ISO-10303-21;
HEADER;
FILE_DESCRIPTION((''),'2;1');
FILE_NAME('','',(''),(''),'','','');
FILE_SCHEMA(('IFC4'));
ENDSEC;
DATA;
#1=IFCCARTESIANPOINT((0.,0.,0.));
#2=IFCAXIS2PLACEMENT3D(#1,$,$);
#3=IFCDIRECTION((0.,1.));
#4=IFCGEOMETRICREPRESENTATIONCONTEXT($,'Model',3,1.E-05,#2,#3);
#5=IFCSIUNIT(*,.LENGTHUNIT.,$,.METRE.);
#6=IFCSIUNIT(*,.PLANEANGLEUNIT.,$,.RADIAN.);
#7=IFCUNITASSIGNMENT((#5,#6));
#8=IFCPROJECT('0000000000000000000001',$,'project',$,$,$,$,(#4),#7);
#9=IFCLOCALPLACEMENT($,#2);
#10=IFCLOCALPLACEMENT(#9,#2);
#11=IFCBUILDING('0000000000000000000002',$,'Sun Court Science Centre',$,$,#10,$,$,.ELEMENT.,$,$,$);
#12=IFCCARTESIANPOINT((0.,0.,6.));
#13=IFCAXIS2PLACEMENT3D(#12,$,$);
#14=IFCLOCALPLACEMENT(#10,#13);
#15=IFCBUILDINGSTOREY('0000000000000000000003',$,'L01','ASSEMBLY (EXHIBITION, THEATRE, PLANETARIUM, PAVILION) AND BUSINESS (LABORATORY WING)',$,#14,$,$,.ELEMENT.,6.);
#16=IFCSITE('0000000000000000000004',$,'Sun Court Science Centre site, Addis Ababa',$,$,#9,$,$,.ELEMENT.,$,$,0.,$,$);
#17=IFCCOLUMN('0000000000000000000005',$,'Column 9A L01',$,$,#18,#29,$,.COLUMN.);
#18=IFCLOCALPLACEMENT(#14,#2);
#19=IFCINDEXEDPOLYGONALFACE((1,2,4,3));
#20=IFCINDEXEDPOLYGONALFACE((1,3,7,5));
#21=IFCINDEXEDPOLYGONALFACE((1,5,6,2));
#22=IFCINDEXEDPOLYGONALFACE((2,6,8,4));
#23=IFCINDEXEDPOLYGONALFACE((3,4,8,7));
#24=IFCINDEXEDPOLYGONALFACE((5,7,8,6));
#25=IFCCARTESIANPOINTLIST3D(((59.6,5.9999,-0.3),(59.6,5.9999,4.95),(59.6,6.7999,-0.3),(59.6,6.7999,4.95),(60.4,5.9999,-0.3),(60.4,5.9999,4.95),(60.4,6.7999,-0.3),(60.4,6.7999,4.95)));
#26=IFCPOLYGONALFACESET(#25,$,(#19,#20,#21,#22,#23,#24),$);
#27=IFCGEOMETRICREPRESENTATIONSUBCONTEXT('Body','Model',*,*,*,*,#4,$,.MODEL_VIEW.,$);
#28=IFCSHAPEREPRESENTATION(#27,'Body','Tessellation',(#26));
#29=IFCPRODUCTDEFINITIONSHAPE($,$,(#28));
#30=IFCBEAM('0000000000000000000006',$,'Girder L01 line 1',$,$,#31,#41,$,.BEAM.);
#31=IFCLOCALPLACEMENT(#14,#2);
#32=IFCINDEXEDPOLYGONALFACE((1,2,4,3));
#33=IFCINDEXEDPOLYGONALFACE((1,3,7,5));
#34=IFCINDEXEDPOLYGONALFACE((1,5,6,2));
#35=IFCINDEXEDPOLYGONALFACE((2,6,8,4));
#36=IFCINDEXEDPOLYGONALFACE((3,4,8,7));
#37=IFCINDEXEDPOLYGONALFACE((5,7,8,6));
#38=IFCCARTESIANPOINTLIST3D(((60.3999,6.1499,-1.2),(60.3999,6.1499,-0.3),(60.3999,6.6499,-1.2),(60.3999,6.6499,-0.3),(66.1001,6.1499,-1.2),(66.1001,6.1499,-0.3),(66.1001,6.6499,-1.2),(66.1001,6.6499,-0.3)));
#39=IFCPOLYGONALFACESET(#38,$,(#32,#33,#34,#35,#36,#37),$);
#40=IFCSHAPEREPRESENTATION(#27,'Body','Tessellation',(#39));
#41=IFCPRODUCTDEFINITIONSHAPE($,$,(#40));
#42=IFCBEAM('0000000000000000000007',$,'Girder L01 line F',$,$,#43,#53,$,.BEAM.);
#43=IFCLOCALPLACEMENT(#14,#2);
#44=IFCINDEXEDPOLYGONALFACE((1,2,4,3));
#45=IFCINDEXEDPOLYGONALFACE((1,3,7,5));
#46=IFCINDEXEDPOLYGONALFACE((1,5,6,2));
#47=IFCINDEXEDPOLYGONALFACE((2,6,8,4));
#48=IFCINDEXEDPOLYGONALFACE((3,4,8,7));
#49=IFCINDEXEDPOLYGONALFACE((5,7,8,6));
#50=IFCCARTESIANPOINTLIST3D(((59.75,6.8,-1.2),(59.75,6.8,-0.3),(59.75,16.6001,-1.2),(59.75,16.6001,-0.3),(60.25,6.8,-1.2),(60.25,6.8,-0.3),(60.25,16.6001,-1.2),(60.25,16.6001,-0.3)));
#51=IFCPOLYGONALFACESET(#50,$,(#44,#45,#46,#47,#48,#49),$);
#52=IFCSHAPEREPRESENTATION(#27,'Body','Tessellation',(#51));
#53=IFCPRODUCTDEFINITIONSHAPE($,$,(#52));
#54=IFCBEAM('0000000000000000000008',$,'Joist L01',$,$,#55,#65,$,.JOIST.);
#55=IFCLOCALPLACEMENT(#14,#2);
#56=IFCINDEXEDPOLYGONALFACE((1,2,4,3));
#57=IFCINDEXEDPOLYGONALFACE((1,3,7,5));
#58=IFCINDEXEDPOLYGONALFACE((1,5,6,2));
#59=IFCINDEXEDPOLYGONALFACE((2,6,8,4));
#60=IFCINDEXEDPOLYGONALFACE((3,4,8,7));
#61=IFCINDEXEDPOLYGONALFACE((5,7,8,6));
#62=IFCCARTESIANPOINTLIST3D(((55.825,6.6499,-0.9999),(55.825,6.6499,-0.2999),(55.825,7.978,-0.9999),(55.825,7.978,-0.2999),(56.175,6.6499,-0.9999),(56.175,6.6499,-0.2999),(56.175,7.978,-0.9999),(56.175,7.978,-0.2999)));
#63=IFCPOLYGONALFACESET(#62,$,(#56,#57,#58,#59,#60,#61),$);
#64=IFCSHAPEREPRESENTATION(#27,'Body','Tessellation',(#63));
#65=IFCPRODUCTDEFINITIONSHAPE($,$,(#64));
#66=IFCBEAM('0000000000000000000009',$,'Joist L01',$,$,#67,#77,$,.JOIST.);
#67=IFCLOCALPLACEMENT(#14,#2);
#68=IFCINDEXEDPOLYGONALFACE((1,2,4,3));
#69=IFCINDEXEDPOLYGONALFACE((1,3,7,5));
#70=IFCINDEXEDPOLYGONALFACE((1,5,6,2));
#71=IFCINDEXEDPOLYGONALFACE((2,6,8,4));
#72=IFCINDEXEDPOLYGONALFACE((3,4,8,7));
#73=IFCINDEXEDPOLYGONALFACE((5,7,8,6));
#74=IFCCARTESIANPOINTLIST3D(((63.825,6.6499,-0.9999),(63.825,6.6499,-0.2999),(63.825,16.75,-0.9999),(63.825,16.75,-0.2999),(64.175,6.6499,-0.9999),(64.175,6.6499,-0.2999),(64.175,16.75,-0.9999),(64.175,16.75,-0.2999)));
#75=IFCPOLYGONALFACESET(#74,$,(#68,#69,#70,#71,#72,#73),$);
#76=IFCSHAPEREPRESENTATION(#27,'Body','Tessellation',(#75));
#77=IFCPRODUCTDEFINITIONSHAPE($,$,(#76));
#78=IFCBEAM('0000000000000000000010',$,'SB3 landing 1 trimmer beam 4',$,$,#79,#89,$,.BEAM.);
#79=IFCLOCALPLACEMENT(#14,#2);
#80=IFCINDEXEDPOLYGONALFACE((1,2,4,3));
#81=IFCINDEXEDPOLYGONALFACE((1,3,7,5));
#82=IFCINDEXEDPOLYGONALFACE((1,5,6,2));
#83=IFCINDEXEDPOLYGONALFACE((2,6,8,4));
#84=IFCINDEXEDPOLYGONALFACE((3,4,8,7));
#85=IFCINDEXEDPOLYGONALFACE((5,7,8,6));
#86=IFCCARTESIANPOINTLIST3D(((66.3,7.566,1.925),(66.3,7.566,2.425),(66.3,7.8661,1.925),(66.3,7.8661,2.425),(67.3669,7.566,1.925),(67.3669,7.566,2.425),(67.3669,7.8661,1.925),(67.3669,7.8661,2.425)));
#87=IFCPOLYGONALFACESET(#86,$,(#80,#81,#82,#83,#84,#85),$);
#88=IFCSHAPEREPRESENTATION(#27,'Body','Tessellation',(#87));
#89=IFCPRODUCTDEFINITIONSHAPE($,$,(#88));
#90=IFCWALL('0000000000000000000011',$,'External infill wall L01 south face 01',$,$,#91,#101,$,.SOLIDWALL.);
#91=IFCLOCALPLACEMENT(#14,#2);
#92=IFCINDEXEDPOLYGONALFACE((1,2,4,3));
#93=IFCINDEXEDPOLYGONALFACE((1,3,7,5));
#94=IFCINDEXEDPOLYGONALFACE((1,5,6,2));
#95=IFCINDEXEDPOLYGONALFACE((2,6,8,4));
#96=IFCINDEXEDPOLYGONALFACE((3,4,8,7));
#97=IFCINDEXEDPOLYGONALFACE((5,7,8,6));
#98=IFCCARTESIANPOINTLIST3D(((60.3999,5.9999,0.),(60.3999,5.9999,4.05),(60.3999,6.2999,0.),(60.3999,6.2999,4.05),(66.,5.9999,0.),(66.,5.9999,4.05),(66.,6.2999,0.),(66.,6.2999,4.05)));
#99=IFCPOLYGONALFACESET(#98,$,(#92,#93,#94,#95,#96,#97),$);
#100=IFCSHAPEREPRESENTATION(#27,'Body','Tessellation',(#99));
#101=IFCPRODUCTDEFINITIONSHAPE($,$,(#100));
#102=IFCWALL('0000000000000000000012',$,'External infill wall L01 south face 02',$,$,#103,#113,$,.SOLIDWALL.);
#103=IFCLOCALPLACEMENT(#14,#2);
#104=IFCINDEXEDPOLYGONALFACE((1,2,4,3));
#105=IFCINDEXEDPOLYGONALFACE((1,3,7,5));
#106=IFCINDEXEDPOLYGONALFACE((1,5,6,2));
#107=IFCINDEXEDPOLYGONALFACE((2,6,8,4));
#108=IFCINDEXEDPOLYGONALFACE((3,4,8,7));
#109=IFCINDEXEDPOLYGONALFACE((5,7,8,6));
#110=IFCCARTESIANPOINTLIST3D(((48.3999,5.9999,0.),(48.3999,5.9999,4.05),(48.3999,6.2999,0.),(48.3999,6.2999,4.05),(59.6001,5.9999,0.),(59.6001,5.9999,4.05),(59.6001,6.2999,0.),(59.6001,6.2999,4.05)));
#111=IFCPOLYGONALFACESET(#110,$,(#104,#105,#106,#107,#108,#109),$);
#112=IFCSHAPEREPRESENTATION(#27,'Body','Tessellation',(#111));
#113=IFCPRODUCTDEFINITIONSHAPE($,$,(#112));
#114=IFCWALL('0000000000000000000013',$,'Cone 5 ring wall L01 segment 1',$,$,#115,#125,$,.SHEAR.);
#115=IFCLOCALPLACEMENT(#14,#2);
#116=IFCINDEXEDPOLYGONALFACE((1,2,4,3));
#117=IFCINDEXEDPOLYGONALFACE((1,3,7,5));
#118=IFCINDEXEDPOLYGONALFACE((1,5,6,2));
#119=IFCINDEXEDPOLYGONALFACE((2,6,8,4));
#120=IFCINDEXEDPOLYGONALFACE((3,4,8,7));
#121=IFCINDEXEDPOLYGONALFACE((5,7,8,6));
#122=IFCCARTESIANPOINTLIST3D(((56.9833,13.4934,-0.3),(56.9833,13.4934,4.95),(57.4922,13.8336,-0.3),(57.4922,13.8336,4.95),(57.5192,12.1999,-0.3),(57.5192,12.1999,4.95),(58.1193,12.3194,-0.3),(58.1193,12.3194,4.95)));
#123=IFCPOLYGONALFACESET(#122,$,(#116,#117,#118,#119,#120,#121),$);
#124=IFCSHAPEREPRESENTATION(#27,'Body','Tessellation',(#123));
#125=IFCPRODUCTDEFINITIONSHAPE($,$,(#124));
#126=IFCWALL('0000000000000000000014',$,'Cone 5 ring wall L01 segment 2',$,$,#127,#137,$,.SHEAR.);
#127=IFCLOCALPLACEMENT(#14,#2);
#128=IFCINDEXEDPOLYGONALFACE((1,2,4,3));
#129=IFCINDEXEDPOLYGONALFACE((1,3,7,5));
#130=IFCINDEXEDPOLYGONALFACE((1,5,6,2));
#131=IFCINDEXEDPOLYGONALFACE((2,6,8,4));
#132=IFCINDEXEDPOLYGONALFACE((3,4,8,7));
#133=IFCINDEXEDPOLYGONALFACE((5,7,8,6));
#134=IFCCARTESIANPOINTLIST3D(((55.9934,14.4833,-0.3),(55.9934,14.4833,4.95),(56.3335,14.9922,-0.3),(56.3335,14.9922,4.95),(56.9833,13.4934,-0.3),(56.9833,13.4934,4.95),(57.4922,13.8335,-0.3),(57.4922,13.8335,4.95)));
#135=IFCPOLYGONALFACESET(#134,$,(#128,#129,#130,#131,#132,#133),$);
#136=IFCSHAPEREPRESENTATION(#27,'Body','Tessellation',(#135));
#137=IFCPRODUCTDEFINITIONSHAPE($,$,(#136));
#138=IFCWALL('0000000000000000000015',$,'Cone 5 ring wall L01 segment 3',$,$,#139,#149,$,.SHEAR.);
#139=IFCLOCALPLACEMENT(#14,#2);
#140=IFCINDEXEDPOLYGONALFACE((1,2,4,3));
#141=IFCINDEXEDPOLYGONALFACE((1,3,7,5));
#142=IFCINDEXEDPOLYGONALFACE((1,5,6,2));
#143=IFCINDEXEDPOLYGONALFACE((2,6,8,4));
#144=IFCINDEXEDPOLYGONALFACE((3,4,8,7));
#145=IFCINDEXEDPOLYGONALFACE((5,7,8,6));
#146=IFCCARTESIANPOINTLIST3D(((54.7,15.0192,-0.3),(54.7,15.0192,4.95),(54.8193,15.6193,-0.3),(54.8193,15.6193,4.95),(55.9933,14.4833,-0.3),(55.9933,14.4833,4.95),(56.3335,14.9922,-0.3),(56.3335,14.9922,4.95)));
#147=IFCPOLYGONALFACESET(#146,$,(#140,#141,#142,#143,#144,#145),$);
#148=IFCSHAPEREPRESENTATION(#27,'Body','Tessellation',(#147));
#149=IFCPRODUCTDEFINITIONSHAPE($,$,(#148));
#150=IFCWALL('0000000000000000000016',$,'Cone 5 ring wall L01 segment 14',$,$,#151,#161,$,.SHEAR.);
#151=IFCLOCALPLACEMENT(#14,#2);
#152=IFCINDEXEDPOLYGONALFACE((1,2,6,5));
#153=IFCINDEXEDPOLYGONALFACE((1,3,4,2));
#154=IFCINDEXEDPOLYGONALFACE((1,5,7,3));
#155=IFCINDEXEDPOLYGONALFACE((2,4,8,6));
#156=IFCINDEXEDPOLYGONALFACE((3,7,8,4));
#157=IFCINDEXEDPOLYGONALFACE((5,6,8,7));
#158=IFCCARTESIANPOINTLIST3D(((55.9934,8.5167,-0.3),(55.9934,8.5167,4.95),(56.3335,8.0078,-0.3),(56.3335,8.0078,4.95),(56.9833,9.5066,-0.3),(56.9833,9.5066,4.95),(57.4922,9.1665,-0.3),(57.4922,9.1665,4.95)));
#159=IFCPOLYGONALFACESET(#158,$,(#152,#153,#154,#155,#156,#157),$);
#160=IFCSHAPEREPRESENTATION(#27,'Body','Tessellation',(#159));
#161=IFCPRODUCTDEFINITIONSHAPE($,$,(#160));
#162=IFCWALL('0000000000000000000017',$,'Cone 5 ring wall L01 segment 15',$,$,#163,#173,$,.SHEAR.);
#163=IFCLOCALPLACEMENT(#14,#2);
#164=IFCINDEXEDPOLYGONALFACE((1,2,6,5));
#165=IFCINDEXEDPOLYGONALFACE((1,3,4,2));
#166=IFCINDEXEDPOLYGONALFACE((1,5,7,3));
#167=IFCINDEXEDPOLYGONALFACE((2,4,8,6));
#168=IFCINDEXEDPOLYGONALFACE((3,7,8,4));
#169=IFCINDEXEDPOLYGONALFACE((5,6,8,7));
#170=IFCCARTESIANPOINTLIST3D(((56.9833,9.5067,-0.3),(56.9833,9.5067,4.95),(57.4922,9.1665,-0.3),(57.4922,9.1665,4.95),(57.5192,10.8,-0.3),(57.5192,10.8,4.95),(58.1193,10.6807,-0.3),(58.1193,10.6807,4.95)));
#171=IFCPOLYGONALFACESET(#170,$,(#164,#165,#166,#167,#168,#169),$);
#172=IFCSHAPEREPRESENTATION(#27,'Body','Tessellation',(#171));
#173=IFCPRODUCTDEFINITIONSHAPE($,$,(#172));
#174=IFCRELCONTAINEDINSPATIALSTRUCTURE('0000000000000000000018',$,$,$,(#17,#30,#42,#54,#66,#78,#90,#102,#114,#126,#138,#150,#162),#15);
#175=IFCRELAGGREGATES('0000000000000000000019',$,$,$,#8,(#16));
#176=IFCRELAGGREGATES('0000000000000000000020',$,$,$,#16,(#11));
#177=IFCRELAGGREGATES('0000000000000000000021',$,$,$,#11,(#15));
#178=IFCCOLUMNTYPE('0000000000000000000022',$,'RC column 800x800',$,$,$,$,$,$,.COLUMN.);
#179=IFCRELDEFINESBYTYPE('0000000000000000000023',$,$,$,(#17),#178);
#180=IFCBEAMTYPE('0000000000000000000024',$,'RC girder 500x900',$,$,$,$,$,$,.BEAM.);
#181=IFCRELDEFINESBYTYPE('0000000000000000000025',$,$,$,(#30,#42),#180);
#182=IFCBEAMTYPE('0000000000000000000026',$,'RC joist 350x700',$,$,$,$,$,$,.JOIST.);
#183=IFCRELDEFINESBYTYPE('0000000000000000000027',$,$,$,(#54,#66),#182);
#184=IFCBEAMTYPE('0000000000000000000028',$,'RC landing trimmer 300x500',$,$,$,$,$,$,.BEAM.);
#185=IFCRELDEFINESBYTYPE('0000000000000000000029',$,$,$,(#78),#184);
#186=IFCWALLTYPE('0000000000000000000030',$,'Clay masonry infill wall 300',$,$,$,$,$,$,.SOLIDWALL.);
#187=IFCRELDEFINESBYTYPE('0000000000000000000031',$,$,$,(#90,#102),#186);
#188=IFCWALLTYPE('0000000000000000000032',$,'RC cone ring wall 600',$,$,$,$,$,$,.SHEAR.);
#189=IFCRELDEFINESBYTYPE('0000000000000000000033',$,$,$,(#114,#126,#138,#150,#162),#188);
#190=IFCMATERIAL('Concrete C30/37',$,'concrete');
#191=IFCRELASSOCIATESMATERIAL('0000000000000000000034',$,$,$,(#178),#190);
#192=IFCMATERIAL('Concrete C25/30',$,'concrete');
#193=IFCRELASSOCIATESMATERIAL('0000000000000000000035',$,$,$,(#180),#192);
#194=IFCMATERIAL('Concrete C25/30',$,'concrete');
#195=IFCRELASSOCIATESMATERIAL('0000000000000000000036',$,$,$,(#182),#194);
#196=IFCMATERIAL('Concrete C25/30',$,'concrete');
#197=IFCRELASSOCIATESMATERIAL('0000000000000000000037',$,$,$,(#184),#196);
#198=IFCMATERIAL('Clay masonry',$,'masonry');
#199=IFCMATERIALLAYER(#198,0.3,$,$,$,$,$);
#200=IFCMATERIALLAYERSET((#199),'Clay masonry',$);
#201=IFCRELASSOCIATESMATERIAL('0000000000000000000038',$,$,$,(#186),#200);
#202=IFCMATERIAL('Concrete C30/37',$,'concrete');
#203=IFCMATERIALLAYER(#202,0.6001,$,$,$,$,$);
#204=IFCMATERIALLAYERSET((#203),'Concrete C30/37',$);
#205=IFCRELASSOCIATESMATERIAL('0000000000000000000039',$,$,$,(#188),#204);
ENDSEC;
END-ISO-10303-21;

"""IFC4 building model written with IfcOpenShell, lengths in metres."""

from ifc_helpers import new_model, si_unit, direction, frame, frame_2d, origin, origin_2d, place, context, subcontext, project, spatial, polyline, rectangle, outline, extrude, material, layer, layer_set, material_profile, profile_set, type_object, element, save


model = new_model("IFC4")

# Units and contexts
model_context = context("Model", 3, precision=1e-05, world=origin(), true_north=direction((0.0, 1.0)))
body_context = subcontext(model_context, "Body", "Model", "MODEL_VIEW")
ifc_project = project(units=[si_unit("LENGTHUNIT", "METRE"), si_unit("PLANEANGLEUNIT", "RADIAN")], contexts=[model_context])

# Site, building, storey
site_placement = place(None, origin())
site = spatial("IfcSite", under=ifc_project, at=site_placement, Name="Sun Court Science Centre site, Addis Ababa", CompositionType="ELEMENT", RefElevation=0.0)
building_placement = place(site_placement, origin())
building = spatial("IfcBuilding", under=site, at=building_placement, Name="Sun Court Science Centre", CompositionType="ELEMENT")
storey_placement = place(building_placement, frame((0.0, 0.0, 6.0)))
storey = spatial("IfcBuildingStorey", under=building, at=storey_placement, Name="L01", Description="ASSEMBLY (EXHIBITION, THEATRE, PLANETARIUM, PAVILION) AND BUSINESS (LABORATORY WING)", CompositionType="ELEMENT", Elevation=6.0)

# Column
ifc_material_1 = material(Name="Concrete C30/37", Category="concrete")
ifc_material_profile_1 = material_profile(ifc_material_1, rectangle(XDim=0.8, YDim=0.8, at=origin_2d()), Name="RC 800x800")
ifc_profile_set_1 = profile_set([ifc_material_profile_1], Name="Concrete C30/37")
column_type = type_object("IfcColumnType", Name="RC column 800x800", PredefinedType="COLUMN", material=ifc_profile_set_1)
column_placement = place(storey_placement, frame((60.0, 6.3999, -0.3), z_axis=(0.0, 0.0, 1.0), x_axis=(1.0, 0.0, 0.0)))
element("IfcColumn", 1, at=column_placement, inside=storey, type_object=column_type, Name="Column 9A L01", PredefinedType="COLUMN", context=body_context, shape_type="SweptSolid", body=[
    extrude(rectangle(XDim=0.8, YDim=0.8, at=origin_2d()), origin(), (0.0, 0.0, 1.0), 5.25),
])

# Beams
ifc_material_2 = material(Name="Concrete C25/30", Category="concrete")
ifc_material_profile_2 = material_profile(ifc_material_2, rectangle(XDim=0.5, YDim=0.8999, at=origin_2d()), Name="RC 500x900")
ifc_profile_set_2 = profile_set([ifc_material_profile_2], Name="Concrete C25/30")
beam_type_1 = type_object("IfcBeamType", Name="RC girder 500x900", PredefinedType="BEAM", material=ifc_profile_set_2)
beam_1_placement = place(storey_placement, frame((60.3999, 6.3999, -0.75), z_axis=(1.0, 0.0, 0.0), x_axis=(0.0, 1.0, 0.0)))
element("IfcBeam", 2, at=beam_1_placement, inside=storey, type_object=beam_type_1, Name="Girder L01 line 1", PredefinedType="BEAM", context=body_context, shape_type="SweptSolid", body=[
    extrude(rectangle(XDim=0.5, YDim=0.8999, at=origin_2d()), origin(), (0.0, 0.0, 1.0), 5.7002),
])
beam_2_placement = place(storey_placement, frame((60.0, 6.8, -0.75), z_axis=(0.0, 1.0, 0.0), x_axis=(-1.0, 0.0, 0.0)))
element("IfcBeam", 3, at=beam_2_placement, inside=storey, type_object=beam_type_1, Name="Girder L01 line F", PredefinedType="BEAM", context=body_context, shape_type="SweptSolid", body=[
    extrude(rectangle(XDim=0.5, YDim=0.8999, at=origin_2d()), origin(), (0.0, 0.0, 1.0), 9.8),
])
ifc_material_3 = material(Name="Concrete C25/30", Category="concrete")
ifc_material_profile_3 = material_profile(ifc_material_3, rectangle(XDim=0.3501, YDim=0.7, at=origin_2d()), Name="RC 350x700")
ifc_profile_set_3 = profile_set([ifc_material_profile_3], Name="Concrete C25/30")
beam_type_2 = type_object("IfcBeamType", Name="RC joist 350x700", PredefinedType="JOIST", material=ifc_profile_set_3)
beam_3_placement = place(storey_placement, frame((56.0, 6.6499, -0.6499), z_axis=(0.0, 1.0, 0.0), x_axis=(-1.0, 0.0, 0.0)))
element("IfcBeam", 4, at=beam_3_placement, inside=storey, type_object=beam_type_2, Name="Joist L01", PredefinedType="JOIST", context=body_context, shape_type="SweptSolid", body=[
    extrude(rectangle(XDim=0.3501, YDim=0.7, at=origin_2d()), origin(), (0.0, 0.0, 1.0), 1.3281),
])
beam_4_placement = place(storey_placement, frame((64.0, 6.6499, -0.6499), z_axis=(0.0, 1.0, 0.0), x_axis=(-1.0, 0.0, 0.0)))
element("IfcBeam", 5, at=beam_4_placement, inside=storey, type_object=beam_type_2, Name="Joist L01", PredefinedType="JOIST", context=body_context, shape_type="SweptSolid", body=[
    extrude(rectangle(XDim=0.3501, YDim=0.7, at=origin_2d()), origin(), (0.0, 0.0, 1.0), 10.1001),
])
ifc_material_4 = material(Name="Concrete C25/30", Category="concrete")
ifc_material_profile_4 = material_profile(ifc_material_4, rectangle(XDim=0.3, YDim=0.5, at=origin_2d()), Name="RC 300x500")
ifc_profile_set_4 = profile_set([ifc_material_profile_4], Name="Concrete C25/30")
beam_type_3 = type_object("IfcBeamType", Name="RC landing trimmer 300x500", PredefinedType="BEAM", material=ifc_profile_set_4)
beam_5_placement = place(storey_placement, frame((66.3, 7.7161, 2.175), z_axis=(1.0, 0.0, 0.0), x_axis=(0.0, 1.0, 0.0)))
element("IfcBeam", 6, at=beam_5_placement, inside=storey, type_object=beam_type_3, Name="SB3 landing 1 trimmer beam 4", PredefinedType="BEAM", context=body_context, shape_type="SweptSolid", body=[
    extrude(rectangle(XDim=0.3, YDim=0.5, at=origin_2d()), origin(), (0.0, 0.0, 1.0), 1.0669),
])

# Walls
ifc_material_5 = material(Name="Clay masonry", Category="masonry")
ifc_layer_1 = layer(ifc_material_5, 0.3)
ifc_layer_set_1 = layer_set([ifc_layer_1], Name="Clay masonry")
wall_type_1 = type_object("IfcWallType", Name="Clay masonry infill wall 300", PredefinedType="SOLIDWALL", material=ifc_layer_set_1)
wall_1_placement = place(storey_placement, frame((66.0, 6.1499, 0.0), z_axis=(0.0, 0.0, 1.0), x_axis=(-1.0, 0.0, 0.0)))
element("IfcWall", 7, at=wall_1_placement, inside=storey, type_object=wall_type_1, Name="External infill wall L01 south face 01", PredefinedType="SOLIDWALL", context=body_context, shape_type="SweptSolid", body=[
    extrude(rectangle(XDim=5.6001, YDim=0.3, at=frame_2d((2.8, 0.0))), origin(), (0.0, 0.0, 1.0), 4.05),
])
wall_2_placement = place(storey_placement, frame((59.6001, 6.1499, 0.0), z_axis=(0.0, 0.0, 1.0), x_axis=(-1.0, 0.0, 0.0)))
element("IfcWall", 8, at=wall_2_placement, inside=storey, type_object=wall_type_1, Name="External infill wall L01 south face 02", PredefinedType="SOLIDWALL", context=body_context, shape_type="SweptSolid", body=[
    extrude(rectangle(XDim=11.2002, YDim=0.3, at=frame_2d((5.6001, 0.0))), origin(), (0.0, 0.0, 1.0), 4.05),
])
ifc_material_6 = material(Name="Concrete C30/37", Category="concrete")
ifc_layer_2 = layer(ifc_material_6, 0.6001)
ifc_layer_set_2 = layer_set([ifc_layer_2], Name="Concrete C30/37")
wall_type_2 = type_object("IfcWallType", Name="RC cone ring wall 600", PredefinedType="SHEAR", material=ifc_layer_set_2)
wall_3_placement = place(storey_placement, frame((57.842, 12.2046, -0.3), z_axis=(0.0, 0.0, 1.0), x_axis=(-0.382615, 0.923908, 0.0)))
element("IfcWall", 9, at=wall_3_placement, inside=storey, type_object=wall_type_2, Name="Cone 5 ring wall L01 segment 1", PredefinedType="SHEAR", context=body_context, shape_type="SweptSolid", body=[
    extrude(outline(polyline([(0.0, -0.3), (1.6389, -0.3), (1.5193, 0.3003), (0.1191, 0.3), (0.0, -0.3)])), origin(), (0.0, 0.0, 1.0), 5.25),
])
wall_4_placement = place(storey_placement, frame((57.28, 13.6213, -0.3), z_axis=(0.0, 0.0, 1.0), x_axis=(-0.707107, 0.707107, 0.0)))
element("IfcWall", 10, at=wall_4_placement, inside=storey, type_object=wall_type_2, Name="Cone 5 ring wall L01 segment 2", PredefinedType="SHEAR", context=body_context, shape_type="SweptSolid", body=[
    extrude(outline(polyline([(0.0, -0.3), (1.6387, -0.3), (1.5193, 0.3003), (0.1194, 0.3003), (0.0, -0.3)])), origin(), (0.0, 0.0, 1.0), 5.25),
])
wall_5_placement = place(storey_placement, frame((56.2185, 14.7151, -0.3), z_axis=(0.0, 0.0, 1.0), x_axis=(-0.923908, 0.382615, 0.0)))
element("IfcWall", 11, at=wall_5_placement, inside=storey, type_object=wall_type_2, Name="Cone 5 ring wall L01 segment 3", PredefinedType="SHEAR", context=body_context, shape_type="SweptSolid", body=[
    extrude(outline(polyline([(-0.0002, -0.3), (1.6387, -0.3), (1.5193, 0.3), (0.1194, 0.3003), (-0.0002, -0.3)])), origin(), (0.0, 0.0, 1.0), 5.25),
])
wall_6_placement = place(storey_placement, frame((56.1213, 8.22, -0.3), z_axis=(0.0, 0.0, 1.0), x_axis=(0.707107, 0.707107, 0.0)))
element("IfcWall", 12, at=wall_6_placement, inside=storey, type_object=wall_type_2, Name="Cone 5 ring wall L01 segment 14", PredefinedType="SHEAR", context=body_context, shape_type="SweptSolid", body=[
    extrude(outline(polyline([(0.0, -0.3), (1.6387, -0.3), (1.5193, 0.3003), (0.1194, 0.3003), (0.0, -0.3)])), origin(), (0.0, 0.0, 1.0), 5.25),
])
wall_7_placement = place(storey_placement, frame((57.2151, 9.2815, -0.3), z_axis=(0.0, 0.0, 1.0), x_axis=(0.382615, 0.923908, 0.0)))
element("IfcWall", 13, at=wall_7_placement, inside=storey, type_object=wall_type_2, Name="Cone 5 ring wall L01 segment 15", PredefinedType="SHEAR", context=body_context, shape_type="SweptSolid", body=[
    extrude(outline(polyline([(-0.0002, -0.3), (1.6387, -0.3), (1.5193, 0.3), (0.1194, 0.3003), (-0.0002, -0.3)])), origin(), (0.0, 0.0, 1.0), 5.25),
])

save(model, "model.ifc")
